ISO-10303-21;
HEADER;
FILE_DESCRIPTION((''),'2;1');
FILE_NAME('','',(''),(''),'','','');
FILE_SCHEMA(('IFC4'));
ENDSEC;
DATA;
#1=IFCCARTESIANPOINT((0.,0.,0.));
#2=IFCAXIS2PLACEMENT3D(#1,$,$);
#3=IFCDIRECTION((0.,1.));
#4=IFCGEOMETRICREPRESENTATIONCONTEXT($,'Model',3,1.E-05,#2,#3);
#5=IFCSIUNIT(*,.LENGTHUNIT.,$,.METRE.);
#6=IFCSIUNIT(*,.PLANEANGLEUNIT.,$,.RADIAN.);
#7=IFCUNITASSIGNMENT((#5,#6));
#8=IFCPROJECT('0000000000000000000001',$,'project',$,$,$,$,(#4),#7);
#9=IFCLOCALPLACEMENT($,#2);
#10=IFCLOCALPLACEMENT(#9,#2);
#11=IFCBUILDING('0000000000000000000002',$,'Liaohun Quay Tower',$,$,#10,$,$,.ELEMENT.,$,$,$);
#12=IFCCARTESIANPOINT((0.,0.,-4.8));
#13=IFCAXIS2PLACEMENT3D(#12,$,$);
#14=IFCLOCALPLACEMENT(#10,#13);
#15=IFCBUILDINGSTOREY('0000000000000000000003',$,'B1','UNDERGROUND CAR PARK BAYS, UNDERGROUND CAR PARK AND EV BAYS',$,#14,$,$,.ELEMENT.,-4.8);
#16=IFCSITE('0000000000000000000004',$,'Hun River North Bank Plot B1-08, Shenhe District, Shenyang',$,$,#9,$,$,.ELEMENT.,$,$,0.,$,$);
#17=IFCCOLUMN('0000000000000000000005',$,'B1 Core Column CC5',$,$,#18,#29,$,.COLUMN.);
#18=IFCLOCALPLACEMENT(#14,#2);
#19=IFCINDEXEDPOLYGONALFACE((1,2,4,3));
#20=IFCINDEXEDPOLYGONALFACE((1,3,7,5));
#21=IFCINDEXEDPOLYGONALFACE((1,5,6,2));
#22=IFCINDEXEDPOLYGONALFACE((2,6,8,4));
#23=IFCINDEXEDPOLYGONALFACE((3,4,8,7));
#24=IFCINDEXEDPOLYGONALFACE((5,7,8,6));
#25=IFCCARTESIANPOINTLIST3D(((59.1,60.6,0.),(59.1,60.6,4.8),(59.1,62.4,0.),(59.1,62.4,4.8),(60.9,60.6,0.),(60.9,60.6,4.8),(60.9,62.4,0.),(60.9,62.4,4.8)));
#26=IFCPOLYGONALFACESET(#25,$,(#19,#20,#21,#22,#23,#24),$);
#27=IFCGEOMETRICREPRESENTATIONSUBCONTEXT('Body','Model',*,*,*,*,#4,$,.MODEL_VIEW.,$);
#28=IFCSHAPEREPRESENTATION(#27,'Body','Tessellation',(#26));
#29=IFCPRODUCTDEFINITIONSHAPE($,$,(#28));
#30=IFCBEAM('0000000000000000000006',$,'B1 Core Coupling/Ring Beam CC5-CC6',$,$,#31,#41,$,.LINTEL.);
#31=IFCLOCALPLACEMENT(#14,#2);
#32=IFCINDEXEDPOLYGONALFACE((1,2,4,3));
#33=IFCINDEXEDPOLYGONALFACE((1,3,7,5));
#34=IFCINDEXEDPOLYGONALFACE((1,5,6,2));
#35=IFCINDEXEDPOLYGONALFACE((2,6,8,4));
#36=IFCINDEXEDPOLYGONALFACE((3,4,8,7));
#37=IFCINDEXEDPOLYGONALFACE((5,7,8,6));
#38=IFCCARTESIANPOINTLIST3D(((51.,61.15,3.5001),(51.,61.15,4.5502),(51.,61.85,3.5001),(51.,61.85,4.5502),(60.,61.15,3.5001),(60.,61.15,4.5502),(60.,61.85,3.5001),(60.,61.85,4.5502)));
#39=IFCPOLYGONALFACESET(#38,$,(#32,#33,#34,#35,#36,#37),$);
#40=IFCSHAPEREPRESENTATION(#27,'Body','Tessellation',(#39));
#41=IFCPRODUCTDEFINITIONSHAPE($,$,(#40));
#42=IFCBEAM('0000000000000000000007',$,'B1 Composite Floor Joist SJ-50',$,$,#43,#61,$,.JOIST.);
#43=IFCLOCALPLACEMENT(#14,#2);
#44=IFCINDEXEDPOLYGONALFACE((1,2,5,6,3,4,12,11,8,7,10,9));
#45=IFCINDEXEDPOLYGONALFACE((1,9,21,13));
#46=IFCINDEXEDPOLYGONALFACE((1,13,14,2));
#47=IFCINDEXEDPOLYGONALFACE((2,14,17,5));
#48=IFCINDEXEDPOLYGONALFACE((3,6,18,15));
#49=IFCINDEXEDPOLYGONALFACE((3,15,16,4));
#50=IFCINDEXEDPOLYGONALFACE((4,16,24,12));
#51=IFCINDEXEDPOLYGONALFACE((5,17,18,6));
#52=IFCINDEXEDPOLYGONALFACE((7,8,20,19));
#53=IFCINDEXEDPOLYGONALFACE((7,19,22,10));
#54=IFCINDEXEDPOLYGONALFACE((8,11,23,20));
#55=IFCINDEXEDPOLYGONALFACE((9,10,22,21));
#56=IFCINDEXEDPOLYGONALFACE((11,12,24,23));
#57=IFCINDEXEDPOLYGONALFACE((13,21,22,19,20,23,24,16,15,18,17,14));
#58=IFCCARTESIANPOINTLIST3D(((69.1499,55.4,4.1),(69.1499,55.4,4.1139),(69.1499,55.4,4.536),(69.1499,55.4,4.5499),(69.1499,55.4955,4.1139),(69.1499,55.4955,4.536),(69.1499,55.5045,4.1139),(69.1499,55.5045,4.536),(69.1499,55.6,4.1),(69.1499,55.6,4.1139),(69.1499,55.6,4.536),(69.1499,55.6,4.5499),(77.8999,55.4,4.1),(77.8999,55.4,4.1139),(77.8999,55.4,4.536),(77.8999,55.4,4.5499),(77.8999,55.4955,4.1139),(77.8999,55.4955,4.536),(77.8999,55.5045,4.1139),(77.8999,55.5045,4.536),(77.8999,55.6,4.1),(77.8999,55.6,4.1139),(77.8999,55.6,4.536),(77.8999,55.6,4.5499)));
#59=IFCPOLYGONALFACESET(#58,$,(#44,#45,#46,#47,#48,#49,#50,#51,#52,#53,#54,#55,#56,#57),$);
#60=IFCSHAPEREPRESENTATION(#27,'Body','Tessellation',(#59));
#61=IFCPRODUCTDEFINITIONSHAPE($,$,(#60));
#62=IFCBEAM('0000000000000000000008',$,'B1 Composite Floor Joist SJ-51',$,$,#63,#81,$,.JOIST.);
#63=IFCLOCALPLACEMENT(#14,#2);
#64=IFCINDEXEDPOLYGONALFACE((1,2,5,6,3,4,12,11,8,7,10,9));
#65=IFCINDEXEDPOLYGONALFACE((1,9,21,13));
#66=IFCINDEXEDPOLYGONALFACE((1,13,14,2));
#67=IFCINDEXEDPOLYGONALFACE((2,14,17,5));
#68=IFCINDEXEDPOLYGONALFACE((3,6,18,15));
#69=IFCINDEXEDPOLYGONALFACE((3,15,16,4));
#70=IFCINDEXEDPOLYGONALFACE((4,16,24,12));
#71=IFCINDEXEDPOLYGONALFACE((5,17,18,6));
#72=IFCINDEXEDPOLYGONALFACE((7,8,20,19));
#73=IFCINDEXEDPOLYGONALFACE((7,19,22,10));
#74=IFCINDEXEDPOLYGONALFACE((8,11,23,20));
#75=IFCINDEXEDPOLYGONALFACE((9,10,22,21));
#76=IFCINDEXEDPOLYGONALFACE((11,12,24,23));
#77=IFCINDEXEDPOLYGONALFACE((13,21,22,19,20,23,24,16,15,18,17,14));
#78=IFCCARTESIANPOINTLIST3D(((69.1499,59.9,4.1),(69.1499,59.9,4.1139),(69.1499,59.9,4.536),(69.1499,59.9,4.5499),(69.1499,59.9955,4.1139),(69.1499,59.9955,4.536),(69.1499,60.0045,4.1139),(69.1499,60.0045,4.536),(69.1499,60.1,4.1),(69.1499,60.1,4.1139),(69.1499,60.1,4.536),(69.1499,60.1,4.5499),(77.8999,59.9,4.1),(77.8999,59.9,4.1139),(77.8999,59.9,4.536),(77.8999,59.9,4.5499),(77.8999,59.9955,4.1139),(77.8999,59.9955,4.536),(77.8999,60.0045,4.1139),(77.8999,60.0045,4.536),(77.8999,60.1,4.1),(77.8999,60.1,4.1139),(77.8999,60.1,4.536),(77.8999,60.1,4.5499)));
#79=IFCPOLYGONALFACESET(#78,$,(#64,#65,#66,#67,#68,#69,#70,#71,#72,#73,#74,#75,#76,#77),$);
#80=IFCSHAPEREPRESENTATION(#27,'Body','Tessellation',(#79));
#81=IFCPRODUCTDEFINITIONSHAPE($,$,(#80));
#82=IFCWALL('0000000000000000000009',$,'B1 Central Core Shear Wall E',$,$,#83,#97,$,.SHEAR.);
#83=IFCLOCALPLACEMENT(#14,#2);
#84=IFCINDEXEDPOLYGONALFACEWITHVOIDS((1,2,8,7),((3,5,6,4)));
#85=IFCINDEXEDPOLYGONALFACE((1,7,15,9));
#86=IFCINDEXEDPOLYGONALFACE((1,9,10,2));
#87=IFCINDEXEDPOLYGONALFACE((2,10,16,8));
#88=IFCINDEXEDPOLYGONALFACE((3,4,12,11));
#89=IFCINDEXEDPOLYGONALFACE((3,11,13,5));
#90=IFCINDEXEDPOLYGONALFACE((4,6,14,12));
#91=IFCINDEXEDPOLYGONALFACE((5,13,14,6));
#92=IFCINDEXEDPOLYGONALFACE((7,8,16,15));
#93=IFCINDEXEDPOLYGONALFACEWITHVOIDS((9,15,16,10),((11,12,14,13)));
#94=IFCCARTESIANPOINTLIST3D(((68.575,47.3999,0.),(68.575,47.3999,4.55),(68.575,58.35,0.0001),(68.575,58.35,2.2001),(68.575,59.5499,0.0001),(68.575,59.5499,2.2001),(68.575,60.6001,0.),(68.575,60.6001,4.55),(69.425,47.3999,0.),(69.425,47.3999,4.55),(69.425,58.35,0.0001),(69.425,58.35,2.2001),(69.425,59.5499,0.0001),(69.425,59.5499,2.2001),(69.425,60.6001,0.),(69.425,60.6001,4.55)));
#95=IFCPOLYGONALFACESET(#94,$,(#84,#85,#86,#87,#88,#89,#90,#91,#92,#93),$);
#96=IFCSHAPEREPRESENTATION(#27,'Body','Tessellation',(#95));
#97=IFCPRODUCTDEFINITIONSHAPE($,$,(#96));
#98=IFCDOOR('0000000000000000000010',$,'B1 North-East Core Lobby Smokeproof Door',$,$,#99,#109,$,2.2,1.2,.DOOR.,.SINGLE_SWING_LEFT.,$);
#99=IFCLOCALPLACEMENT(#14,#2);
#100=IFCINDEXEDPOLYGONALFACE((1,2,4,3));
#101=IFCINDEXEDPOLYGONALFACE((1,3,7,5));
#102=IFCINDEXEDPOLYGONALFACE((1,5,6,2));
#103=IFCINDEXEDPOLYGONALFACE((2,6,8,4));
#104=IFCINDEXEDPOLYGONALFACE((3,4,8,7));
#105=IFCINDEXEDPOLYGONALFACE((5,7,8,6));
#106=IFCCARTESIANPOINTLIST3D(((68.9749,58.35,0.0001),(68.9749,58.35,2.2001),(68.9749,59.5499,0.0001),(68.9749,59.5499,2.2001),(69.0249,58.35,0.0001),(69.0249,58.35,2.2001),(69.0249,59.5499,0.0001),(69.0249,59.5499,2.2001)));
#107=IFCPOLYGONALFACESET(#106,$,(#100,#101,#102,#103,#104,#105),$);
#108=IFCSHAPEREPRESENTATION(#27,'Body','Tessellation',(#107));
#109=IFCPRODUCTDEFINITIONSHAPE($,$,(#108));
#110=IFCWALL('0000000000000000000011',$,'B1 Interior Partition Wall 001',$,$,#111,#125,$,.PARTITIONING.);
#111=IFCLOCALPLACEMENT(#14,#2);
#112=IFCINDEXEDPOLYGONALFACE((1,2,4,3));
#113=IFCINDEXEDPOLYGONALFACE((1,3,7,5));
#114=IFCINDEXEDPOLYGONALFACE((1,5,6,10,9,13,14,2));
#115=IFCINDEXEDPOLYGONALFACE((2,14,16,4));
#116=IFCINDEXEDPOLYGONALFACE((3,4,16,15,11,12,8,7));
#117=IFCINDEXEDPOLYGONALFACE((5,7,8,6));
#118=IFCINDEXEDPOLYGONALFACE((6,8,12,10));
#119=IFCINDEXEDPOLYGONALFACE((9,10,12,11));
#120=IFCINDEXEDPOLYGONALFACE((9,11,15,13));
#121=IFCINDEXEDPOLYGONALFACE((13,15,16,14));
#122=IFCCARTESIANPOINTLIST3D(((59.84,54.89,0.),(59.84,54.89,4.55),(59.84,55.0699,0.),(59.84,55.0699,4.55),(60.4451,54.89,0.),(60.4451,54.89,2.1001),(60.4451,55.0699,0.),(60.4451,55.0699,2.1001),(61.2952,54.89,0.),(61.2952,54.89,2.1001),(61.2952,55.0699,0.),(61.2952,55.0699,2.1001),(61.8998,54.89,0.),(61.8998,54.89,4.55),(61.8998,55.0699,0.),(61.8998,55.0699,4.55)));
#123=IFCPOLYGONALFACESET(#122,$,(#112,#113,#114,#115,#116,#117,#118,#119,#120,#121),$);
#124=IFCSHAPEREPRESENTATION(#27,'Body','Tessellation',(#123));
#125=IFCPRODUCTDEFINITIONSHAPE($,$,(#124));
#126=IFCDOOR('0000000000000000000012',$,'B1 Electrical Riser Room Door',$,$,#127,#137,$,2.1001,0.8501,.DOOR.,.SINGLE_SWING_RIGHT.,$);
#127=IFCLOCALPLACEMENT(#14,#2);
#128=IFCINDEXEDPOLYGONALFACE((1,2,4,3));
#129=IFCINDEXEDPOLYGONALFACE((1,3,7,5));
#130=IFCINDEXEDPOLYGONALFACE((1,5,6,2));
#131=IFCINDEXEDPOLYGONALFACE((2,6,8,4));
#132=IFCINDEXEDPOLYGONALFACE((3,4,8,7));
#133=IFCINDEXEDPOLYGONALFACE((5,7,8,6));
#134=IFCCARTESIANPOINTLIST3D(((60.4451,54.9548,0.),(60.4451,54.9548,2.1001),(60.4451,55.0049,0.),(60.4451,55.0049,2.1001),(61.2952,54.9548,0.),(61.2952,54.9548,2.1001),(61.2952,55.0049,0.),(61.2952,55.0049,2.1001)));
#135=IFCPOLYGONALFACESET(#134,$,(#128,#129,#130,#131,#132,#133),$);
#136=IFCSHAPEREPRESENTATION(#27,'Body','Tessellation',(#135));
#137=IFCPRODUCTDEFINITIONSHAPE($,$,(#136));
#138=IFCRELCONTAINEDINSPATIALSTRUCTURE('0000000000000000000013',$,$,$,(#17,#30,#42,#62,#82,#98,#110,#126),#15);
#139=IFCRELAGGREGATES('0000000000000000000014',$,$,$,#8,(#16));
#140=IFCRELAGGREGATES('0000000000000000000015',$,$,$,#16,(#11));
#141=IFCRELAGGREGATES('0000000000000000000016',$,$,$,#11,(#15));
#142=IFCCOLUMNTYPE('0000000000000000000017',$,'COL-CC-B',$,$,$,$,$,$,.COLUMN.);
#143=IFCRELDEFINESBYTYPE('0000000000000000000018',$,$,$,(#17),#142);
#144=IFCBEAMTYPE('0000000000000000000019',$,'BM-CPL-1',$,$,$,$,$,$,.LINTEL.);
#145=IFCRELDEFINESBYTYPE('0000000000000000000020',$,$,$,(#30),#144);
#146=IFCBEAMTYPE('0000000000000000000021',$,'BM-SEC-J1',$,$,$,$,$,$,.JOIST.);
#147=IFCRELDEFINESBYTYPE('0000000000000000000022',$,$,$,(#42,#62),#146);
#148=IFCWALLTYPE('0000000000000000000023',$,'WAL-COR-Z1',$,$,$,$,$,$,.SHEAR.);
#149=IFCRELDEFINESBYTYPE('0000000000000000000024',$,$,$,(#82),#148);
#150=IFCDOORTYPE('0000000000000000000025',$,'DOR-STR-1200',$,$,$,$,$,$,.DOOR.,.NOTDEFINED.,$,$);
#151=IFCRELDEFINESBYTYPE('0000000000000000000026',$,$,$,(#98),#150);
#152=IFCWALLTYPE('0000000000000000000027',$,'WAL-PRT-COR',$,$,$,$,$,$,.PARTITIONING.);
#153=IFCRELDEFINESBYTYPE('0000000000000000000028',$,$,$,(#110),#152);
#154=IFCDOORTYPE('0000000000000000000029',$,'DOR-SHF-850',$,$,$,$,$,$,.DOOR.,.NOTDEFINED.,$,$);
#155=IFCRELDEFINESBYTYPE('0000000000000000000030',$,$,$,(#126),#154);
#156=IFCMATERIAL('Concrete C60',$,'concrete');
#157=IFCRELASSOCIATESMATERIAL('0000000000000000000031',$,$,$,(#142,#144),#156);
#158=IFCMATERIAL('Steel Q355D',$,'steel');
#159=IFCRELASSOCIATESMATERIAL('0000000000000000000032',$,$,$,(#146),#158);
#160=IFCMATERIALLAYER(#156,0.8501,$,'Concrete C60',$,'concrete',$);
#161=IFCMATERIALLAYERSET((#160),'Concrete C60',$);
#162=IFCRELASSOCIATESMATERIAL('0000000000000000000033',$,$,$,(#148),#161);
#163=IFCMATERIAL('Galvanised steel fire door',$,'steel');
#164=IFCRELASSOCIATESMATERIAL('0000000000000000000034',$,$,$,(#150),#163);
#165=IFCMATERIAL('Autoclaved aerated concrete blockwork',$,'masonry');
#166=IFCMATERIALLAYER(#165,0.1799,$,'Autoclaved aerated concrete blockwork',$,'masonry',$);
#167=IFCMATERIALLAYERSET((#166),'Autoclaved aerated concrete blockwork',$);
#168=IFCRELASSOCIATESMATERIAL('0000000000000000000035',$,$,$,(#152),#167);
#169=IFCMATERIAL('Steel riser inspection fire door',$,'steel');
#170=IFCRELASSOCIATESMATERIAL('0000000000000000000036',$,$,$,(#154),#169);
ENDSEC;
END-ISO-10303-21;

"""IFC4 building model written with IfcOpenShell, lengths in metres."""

from ifc_helpers import new_model, si_unit, direction, frame, frame_2d, origin, origin_2d, place, context, subcontext, project, spatial, rectangle, i_section, extrude, source, transform, mapped, material, layer, layer_set, material_profile, profile_set, type_object, element, fill, save


model = new_model("IFC4")

# Units and contexts
model_context = context("Model", 3, precision=1e-05, world=origin(), true_north=direction((0.0, 1.0)))
body_context = subcontext(model_context, "Body", "Model", "MODEL_VIEW")
ifc_project = project(units=[si_unit("LENGTHUNIT", "METRE"), si_unit("PLANEANGLEUNIT", "RADIAN")], contexts=[model_context])

# Site, building, storey
site_placement = place(None, origin())
site = spatial("IfcSite", under=ifc_project, at=site_placement, Name="Hun River North Bank Plot B1-08, Shenhe District, Shenyang", CompositionType="ELEMENT", RefElevation=0.0)
building_placement = place(site_placement, origin())
building = spatial("IfcBuilding", under=site, at=building_placement, Name="Liaohun Quay Tower", CompositionType="ELEMENT")
storey_placement = place(building_placement, frame((0.0, 0.0, -4.8)))
storey = spatial("IfcBuildingStorey", under=building, at=storey_placement, Name="B1", Description="UNDERGROUND CAR PARK BAYS, UNDERGROUND CAR PARK AND EV BAYS", CompositionType="ELEMENT", Elevation=-4.8)

# Column
ifc_material_1 = material(Name="Concrete C60", Category="concrete")
ifc_material_profile_1 = material_profile(ifc_material_1, rectangle(XDim=1.8, YDim=1.8, at=origin_2d()), Name="RC1800x1800")
ifc_profile_set_1 = profile_set([ifc_material_profile_1], Name="Concrete C60")
column_type = type_object("IfcColumnType", Name="COL-CC-B", PredefinedType="COLUMN", material=ifc_profile_set_1)
shared_shape_1 = source(origin(), body_context, "Body", "SweptSolid", [
    extrude(rectangle(XDim=1.8, YDim=1.8, at=origin_2d()), origin(), (0.0, 0.0, 1.0), 4.8),
])
column_placement = place(storey_placement, frame((60.0, 61.5, 0.0), z_axis=(0.0, 0.0, 1.0), x_axis=(1.0, 0.0, 0.0)))
element("IfcColumn", 1, at=column_placement, inside=storey, type_object=column_type, Name="B1 Core Column CC5", PredefinedType="COLUMN", context=body_context, shape_type="MappedRepresentation", body=[
    mapped(shared_shape_1, transform((0.0, 0.0, 0.0), x_axis=(1.0, 0.0, 0.0), y_axis=(0.0, 1.0, 0.0), z_axis=(0.0, 0.0, 1.0), scale=1.0)),
])

# Beams
ifc_material_profile_2 = material_profile(ifc_material_1, rectangle(XDim=0.7, YDim=1.05, at=origin_2d()), Name="RC700x1050")
ifc_profile_set_2 = profile_set([ifc_material_profile_2], Name="Concrete C60")
beam_type_1 = type_object("IfcBeamType", Name="BM-CPL-1", PredefinedType="LINTEL", material=ifc_profile_set_2)
shared_shape_2 = source(origin(), body_context, "Body", "SweptSolid", [
    extrude(rectangle(XDim=0.7, YDim=1.05, at=origin_2d()), origin(), (0.0, 0.0, 1.0), 9.0),
])
beam_placement = place(storey_placement, frame((60.0, 61.5, 4.0251), z_axis=(-1.0, 0.0, 0.0), x_axis=(0.0, -1.0, 0.0)))
element("IfcBeam", 2, at=beam_placement, inside=storey, type_object=beam_type_1, Name="B1 Core Coupling/Ring Beam CC5-CC6", PredefinedType="LINTEL", context=body_context, shape_type="MappedRepresentation", body=[
    mapped(shared_shape_2, transform((0.0, 0.0, 0.0), x_axis=(1.0, 0.0, 0.0), y_axis=(0.0, 1.0, 0.0), z_axis=(0.0, 0.0, 1.0), scale=1.0)),
])
ifc_material_2 = material(Name="Steel Q355D", Category="steel")
ifc_material_profile_3 = material_profile(ifc_material_2, i_section(OverallWidth=0.2, OverallDepth=0.45, WebThickness=0.009, FlangeThickness=0.0139, at=origin_2d()), Name="HN450x200x9x14")
ifc_profile_set_3 = profile_set([ifc_material_profile_3], Name="Steel Q355D")
beam_type_2 = type_object("IfcBeamType", Name="BM-SEC-J1", PredefinedType="JOIST", material=ifc_profile_set_3)
shared_shape_3 = source(origin(), body_context, "Body", "SweptSolid", [
    extrude(i_section(OverallWidth=0.2, OverallDepth=0.45, WebThickness=0.009, FlangeThickness=0.0139, at=origin_2d()), origin(), (0.0, 0.0, 1.0), 8.75),
])
for number, where, z_axis, x_axis, name in (
    (3, (69.1499, 55.5, 4.325), (1.0, 0.0, 0.0), (0.0, 1.0, 0.0), "B1 Composite Floor Joist SJ-50"),
    (4, (69.1499, 60.0, 4.325), (1.0, 0.0, 0.0), (0.0, 1.0, 0.0), "B1 Composite Floor Joist SJ-51"),
):
    element("IfcBeam", number, at=place(storey_placement, frame(where, z_axis=z_axis, x_axis=x_axis)), inside=storey, type_object=beam_type_2, Name=name, PredefinedType="JOIST", context=body_context, shape_type="MappedRepresentation", body=[
        mapped(shared_shape_3, transform((0.0, 0.0, 0.0), x_axis=(1.0, 0.0, 0.0), y_axis=(0.0, 1.0, 0.0), z_axis=(0.0, 0.0, 1.0), scale=1.0)),
    ])

# Walls, openings, doors
ifc_layer_1 = layer(ifc_material_1, 0.8501, Name="Concrete C60", Category="concrete")
ifc_layer_set_1 = layer_set([ifc_layer_1], Name="Concrete C60")
wall_type_1 = type_object("IfcWallType", Name="WAL-COR-Z1", PredefinedType="SHEAR", material=ifc_layer_set_1)
wall_1_placement = place(storey_placement, frame((69.0, 60.6001, 0.0), z_axis=(0.0, 0.0, 1.0), x_axis=(0.0, -1.0, 0.0)))
wall_1 = element("IfcWall", 5, at=wall_1_placement, inside=storey, type_object=wall_type_1, Name="B1 Central Core Shear Wall E", PredefinedType="SHEAR", context=body_context, shape_type="SweptSolid", body=[
    extrude(rectangle(XDim=13.2002, YDim=0.8501, at=frame_2d((6.6001, 0.0))), origin(), (0.0, 0.0, 1.0), 4.55),
])
shared_shape_4 = source(origin(), body_context, "Body", "SweptSolid", [
    extrude(rectangle(XDim=1.2, YDim=2.2, at=frame_2d((0.6001, 1.1001))), frame((0.0, 0.4351, 0.0), z_axis=(0.0, -1.0, 0.0), x_axis=(1.0, 0.0, 0.0)), (0.0, 0.0, 1.0), 0.8701),
])
opening_1_placement = place(wall_1_placement, frame((1.05, 0.0, 0.0)))
opening_1 = element("IfcOpeningElement", 6, at=opening_1_placement, cuts=wall_1, PredefinedType="OPENING", context=body_context, shape_type="MappedRepresentation", body=[
    mapped(shared_shape_4, transform((0.0, 0.0, 0.0), x_axis=(1.0, 0.0, 0.0), y_axis=(0.0, 1.0, 0.0), z_axis=(0.0, 0.0, 1.0), scale=1.0)),
])
ifc_material_3 = material(Name="Galvanised steel fire door", Category="steel")
door_type_1 = type_object("IfcDoorType", Name="DOR-STR-1200", OperationType="NOTDEFINED", PredefinedType="DOOR", material=ifc_material_3)
shared_shape_5 = source(origin(), body_context, "Body", "SweptSolid", [
    extrude(rectangle(XDim=1.2, YDim=2.2, at=frame_2d((0.6001, 1.1001))), frame((0.0, 0.0249, 0.0), z_axis=(0.0, -1.0, 0.0), x_axis=(1.0, 0.0, 0.0)), (0.0, 0.0, 1.0), 0.05),
])
door_1_placement = place(opening_1_placement, origin())
door_1 = element("IfcDoor", 7, at=door_1_placement, inside=storey, type_object=door_type_1, Name="B1 North-East Core Lobby Smokeproof Door", OperationType="SINGLE_SWING_LEFT", OverallHeight=2.2, OverallWidth=1.2, PredefinedType="DOOR", context=body_context, shape_type="MappedRepresentation", body=[
    mapped(shared_shape_5, transform((0.0, 0.0, 0.0), x_axis=(1.0, 0.0, 0.0), y_axis=(0.0, 1.0, 0.0), z_axis=(0.0, 0.0, 1.0), scale=1.0)),
])
fill(opening_1, door_1)
ifc_material_4 = material(Name="Autoclaved aerated concrete blockwork", Category="masonry")
ifc_layer_2 = layer(ifc_material_4, 0.1799, Name="Autoclaved aerated concrete blockwork", Category="masonry")
ifc_layer_set_2 = layer_set([ifc_layer_2], Name="Autoclaved aerated concrete blockwork")
wall_type_2 = type_object("IfcWallType", Name="WAL-PRT-COR", PredefinedType="PARTITIONING", material=ifc_layer_set_2)
wall_2_placement = place(storey_placement, frame((59.8401, 54.98, 0.0), z_axis=(0.0, 0.0, 1.0), x_axis=(1.0, 0.0, 0.0)))
wall_2 = element("IfcWall", 8, at=wall_2_placement, inside=storey, type_object=wall_type_2, Name="B1 Interior Partition Wall 001", PredefinedType="PARTITIONING", context=body_context, shape_type="SweptSolid", body=[
    extrude(rectangle(XDim=2.0598, YDim=0.1799, at=frame_2d((1.0298, 0.0))), origin(), (0.0, 0.0, 1.0), 4.55),
])
shared_shape_6 = source(origin(), body_context, "Body", "SweptSolid", [
    extrude(rectangle(XDim=0.8501, YDim=2.1001, at=frame_2d((0.425, 1.05))), frame((0.0, 0.0999, 0.0), z_axis=(0.0, -1.0, 0.0), x_axis=(1.0, 0.0, 0.0)), (0.0, 0.0, 1.0), 0.2),
])
opening_2_placement = place(wall_2_placement, frame((0.605, 0.0, 0.0)))
opening_2 = element("IfcOpeningElement", 9, at=opening_2_placement, cuts=wall_2, PredefinedType="OPENING", context=body_context, shape_type="MappedRepresentation", body=[
    mapped(shared_shape_6, transform((0.0, 0.0, 0.0), x_axis=(1.0, 0.0, 0.0), y_axis=(0.0, 1.0, 0.0), z_axis=(0.0, 0.0, 1.0), scale=1.0)),
])
ifc_material_5 = material(Name="Steel riser inspection fire door", Category="steel")
door_type_2 = type_object("IfcDoorType", Name="DOR-SHF-850", OperationType="NOTDEFINED", PredefinedType="DOOR", material=ifc_material_5)
shared_shape_7 = source(origin(), body_context, "Body", "SweptSolid", [
    extrude(rectangle(XDim=0.8501, YDim=2.1001, at=frame_2d((0.425, 1.05))), frame((0.0, 0.0249, 0.0), z_axis=(0.0, -1.0, 0.0), x_axis=(1.0, 0.0, 0.0)), (0.0, 0.0, 1.0), 0.05),
])
door_2_placement = place(opening_2_placement, origin())
door_2 = element("IfcDoor", 10, at=door_2_placement, inside=storey, type_object=door_type_2, Name="B1 Electrical Riser Room Door", OperationType="SINGLE_SWING_RIGHT", OverallHeight=2.1001, OverallWidth=0.8501, PredefinedType="DOOR", context=body_context, shape_type="MappedRepresentation", body=[
    mapped(shared_shape_7, transform((0.0, 0.0, 0.0), x_axis=(1.0, 0.0, 0.0), y_axis=(0.0, 1.0, 0.0), z_axis=(0.0, 0.0, 1.0), scale=1.0)),
])
fill(opening_2, door_2)

save(model, "model.ifc")
